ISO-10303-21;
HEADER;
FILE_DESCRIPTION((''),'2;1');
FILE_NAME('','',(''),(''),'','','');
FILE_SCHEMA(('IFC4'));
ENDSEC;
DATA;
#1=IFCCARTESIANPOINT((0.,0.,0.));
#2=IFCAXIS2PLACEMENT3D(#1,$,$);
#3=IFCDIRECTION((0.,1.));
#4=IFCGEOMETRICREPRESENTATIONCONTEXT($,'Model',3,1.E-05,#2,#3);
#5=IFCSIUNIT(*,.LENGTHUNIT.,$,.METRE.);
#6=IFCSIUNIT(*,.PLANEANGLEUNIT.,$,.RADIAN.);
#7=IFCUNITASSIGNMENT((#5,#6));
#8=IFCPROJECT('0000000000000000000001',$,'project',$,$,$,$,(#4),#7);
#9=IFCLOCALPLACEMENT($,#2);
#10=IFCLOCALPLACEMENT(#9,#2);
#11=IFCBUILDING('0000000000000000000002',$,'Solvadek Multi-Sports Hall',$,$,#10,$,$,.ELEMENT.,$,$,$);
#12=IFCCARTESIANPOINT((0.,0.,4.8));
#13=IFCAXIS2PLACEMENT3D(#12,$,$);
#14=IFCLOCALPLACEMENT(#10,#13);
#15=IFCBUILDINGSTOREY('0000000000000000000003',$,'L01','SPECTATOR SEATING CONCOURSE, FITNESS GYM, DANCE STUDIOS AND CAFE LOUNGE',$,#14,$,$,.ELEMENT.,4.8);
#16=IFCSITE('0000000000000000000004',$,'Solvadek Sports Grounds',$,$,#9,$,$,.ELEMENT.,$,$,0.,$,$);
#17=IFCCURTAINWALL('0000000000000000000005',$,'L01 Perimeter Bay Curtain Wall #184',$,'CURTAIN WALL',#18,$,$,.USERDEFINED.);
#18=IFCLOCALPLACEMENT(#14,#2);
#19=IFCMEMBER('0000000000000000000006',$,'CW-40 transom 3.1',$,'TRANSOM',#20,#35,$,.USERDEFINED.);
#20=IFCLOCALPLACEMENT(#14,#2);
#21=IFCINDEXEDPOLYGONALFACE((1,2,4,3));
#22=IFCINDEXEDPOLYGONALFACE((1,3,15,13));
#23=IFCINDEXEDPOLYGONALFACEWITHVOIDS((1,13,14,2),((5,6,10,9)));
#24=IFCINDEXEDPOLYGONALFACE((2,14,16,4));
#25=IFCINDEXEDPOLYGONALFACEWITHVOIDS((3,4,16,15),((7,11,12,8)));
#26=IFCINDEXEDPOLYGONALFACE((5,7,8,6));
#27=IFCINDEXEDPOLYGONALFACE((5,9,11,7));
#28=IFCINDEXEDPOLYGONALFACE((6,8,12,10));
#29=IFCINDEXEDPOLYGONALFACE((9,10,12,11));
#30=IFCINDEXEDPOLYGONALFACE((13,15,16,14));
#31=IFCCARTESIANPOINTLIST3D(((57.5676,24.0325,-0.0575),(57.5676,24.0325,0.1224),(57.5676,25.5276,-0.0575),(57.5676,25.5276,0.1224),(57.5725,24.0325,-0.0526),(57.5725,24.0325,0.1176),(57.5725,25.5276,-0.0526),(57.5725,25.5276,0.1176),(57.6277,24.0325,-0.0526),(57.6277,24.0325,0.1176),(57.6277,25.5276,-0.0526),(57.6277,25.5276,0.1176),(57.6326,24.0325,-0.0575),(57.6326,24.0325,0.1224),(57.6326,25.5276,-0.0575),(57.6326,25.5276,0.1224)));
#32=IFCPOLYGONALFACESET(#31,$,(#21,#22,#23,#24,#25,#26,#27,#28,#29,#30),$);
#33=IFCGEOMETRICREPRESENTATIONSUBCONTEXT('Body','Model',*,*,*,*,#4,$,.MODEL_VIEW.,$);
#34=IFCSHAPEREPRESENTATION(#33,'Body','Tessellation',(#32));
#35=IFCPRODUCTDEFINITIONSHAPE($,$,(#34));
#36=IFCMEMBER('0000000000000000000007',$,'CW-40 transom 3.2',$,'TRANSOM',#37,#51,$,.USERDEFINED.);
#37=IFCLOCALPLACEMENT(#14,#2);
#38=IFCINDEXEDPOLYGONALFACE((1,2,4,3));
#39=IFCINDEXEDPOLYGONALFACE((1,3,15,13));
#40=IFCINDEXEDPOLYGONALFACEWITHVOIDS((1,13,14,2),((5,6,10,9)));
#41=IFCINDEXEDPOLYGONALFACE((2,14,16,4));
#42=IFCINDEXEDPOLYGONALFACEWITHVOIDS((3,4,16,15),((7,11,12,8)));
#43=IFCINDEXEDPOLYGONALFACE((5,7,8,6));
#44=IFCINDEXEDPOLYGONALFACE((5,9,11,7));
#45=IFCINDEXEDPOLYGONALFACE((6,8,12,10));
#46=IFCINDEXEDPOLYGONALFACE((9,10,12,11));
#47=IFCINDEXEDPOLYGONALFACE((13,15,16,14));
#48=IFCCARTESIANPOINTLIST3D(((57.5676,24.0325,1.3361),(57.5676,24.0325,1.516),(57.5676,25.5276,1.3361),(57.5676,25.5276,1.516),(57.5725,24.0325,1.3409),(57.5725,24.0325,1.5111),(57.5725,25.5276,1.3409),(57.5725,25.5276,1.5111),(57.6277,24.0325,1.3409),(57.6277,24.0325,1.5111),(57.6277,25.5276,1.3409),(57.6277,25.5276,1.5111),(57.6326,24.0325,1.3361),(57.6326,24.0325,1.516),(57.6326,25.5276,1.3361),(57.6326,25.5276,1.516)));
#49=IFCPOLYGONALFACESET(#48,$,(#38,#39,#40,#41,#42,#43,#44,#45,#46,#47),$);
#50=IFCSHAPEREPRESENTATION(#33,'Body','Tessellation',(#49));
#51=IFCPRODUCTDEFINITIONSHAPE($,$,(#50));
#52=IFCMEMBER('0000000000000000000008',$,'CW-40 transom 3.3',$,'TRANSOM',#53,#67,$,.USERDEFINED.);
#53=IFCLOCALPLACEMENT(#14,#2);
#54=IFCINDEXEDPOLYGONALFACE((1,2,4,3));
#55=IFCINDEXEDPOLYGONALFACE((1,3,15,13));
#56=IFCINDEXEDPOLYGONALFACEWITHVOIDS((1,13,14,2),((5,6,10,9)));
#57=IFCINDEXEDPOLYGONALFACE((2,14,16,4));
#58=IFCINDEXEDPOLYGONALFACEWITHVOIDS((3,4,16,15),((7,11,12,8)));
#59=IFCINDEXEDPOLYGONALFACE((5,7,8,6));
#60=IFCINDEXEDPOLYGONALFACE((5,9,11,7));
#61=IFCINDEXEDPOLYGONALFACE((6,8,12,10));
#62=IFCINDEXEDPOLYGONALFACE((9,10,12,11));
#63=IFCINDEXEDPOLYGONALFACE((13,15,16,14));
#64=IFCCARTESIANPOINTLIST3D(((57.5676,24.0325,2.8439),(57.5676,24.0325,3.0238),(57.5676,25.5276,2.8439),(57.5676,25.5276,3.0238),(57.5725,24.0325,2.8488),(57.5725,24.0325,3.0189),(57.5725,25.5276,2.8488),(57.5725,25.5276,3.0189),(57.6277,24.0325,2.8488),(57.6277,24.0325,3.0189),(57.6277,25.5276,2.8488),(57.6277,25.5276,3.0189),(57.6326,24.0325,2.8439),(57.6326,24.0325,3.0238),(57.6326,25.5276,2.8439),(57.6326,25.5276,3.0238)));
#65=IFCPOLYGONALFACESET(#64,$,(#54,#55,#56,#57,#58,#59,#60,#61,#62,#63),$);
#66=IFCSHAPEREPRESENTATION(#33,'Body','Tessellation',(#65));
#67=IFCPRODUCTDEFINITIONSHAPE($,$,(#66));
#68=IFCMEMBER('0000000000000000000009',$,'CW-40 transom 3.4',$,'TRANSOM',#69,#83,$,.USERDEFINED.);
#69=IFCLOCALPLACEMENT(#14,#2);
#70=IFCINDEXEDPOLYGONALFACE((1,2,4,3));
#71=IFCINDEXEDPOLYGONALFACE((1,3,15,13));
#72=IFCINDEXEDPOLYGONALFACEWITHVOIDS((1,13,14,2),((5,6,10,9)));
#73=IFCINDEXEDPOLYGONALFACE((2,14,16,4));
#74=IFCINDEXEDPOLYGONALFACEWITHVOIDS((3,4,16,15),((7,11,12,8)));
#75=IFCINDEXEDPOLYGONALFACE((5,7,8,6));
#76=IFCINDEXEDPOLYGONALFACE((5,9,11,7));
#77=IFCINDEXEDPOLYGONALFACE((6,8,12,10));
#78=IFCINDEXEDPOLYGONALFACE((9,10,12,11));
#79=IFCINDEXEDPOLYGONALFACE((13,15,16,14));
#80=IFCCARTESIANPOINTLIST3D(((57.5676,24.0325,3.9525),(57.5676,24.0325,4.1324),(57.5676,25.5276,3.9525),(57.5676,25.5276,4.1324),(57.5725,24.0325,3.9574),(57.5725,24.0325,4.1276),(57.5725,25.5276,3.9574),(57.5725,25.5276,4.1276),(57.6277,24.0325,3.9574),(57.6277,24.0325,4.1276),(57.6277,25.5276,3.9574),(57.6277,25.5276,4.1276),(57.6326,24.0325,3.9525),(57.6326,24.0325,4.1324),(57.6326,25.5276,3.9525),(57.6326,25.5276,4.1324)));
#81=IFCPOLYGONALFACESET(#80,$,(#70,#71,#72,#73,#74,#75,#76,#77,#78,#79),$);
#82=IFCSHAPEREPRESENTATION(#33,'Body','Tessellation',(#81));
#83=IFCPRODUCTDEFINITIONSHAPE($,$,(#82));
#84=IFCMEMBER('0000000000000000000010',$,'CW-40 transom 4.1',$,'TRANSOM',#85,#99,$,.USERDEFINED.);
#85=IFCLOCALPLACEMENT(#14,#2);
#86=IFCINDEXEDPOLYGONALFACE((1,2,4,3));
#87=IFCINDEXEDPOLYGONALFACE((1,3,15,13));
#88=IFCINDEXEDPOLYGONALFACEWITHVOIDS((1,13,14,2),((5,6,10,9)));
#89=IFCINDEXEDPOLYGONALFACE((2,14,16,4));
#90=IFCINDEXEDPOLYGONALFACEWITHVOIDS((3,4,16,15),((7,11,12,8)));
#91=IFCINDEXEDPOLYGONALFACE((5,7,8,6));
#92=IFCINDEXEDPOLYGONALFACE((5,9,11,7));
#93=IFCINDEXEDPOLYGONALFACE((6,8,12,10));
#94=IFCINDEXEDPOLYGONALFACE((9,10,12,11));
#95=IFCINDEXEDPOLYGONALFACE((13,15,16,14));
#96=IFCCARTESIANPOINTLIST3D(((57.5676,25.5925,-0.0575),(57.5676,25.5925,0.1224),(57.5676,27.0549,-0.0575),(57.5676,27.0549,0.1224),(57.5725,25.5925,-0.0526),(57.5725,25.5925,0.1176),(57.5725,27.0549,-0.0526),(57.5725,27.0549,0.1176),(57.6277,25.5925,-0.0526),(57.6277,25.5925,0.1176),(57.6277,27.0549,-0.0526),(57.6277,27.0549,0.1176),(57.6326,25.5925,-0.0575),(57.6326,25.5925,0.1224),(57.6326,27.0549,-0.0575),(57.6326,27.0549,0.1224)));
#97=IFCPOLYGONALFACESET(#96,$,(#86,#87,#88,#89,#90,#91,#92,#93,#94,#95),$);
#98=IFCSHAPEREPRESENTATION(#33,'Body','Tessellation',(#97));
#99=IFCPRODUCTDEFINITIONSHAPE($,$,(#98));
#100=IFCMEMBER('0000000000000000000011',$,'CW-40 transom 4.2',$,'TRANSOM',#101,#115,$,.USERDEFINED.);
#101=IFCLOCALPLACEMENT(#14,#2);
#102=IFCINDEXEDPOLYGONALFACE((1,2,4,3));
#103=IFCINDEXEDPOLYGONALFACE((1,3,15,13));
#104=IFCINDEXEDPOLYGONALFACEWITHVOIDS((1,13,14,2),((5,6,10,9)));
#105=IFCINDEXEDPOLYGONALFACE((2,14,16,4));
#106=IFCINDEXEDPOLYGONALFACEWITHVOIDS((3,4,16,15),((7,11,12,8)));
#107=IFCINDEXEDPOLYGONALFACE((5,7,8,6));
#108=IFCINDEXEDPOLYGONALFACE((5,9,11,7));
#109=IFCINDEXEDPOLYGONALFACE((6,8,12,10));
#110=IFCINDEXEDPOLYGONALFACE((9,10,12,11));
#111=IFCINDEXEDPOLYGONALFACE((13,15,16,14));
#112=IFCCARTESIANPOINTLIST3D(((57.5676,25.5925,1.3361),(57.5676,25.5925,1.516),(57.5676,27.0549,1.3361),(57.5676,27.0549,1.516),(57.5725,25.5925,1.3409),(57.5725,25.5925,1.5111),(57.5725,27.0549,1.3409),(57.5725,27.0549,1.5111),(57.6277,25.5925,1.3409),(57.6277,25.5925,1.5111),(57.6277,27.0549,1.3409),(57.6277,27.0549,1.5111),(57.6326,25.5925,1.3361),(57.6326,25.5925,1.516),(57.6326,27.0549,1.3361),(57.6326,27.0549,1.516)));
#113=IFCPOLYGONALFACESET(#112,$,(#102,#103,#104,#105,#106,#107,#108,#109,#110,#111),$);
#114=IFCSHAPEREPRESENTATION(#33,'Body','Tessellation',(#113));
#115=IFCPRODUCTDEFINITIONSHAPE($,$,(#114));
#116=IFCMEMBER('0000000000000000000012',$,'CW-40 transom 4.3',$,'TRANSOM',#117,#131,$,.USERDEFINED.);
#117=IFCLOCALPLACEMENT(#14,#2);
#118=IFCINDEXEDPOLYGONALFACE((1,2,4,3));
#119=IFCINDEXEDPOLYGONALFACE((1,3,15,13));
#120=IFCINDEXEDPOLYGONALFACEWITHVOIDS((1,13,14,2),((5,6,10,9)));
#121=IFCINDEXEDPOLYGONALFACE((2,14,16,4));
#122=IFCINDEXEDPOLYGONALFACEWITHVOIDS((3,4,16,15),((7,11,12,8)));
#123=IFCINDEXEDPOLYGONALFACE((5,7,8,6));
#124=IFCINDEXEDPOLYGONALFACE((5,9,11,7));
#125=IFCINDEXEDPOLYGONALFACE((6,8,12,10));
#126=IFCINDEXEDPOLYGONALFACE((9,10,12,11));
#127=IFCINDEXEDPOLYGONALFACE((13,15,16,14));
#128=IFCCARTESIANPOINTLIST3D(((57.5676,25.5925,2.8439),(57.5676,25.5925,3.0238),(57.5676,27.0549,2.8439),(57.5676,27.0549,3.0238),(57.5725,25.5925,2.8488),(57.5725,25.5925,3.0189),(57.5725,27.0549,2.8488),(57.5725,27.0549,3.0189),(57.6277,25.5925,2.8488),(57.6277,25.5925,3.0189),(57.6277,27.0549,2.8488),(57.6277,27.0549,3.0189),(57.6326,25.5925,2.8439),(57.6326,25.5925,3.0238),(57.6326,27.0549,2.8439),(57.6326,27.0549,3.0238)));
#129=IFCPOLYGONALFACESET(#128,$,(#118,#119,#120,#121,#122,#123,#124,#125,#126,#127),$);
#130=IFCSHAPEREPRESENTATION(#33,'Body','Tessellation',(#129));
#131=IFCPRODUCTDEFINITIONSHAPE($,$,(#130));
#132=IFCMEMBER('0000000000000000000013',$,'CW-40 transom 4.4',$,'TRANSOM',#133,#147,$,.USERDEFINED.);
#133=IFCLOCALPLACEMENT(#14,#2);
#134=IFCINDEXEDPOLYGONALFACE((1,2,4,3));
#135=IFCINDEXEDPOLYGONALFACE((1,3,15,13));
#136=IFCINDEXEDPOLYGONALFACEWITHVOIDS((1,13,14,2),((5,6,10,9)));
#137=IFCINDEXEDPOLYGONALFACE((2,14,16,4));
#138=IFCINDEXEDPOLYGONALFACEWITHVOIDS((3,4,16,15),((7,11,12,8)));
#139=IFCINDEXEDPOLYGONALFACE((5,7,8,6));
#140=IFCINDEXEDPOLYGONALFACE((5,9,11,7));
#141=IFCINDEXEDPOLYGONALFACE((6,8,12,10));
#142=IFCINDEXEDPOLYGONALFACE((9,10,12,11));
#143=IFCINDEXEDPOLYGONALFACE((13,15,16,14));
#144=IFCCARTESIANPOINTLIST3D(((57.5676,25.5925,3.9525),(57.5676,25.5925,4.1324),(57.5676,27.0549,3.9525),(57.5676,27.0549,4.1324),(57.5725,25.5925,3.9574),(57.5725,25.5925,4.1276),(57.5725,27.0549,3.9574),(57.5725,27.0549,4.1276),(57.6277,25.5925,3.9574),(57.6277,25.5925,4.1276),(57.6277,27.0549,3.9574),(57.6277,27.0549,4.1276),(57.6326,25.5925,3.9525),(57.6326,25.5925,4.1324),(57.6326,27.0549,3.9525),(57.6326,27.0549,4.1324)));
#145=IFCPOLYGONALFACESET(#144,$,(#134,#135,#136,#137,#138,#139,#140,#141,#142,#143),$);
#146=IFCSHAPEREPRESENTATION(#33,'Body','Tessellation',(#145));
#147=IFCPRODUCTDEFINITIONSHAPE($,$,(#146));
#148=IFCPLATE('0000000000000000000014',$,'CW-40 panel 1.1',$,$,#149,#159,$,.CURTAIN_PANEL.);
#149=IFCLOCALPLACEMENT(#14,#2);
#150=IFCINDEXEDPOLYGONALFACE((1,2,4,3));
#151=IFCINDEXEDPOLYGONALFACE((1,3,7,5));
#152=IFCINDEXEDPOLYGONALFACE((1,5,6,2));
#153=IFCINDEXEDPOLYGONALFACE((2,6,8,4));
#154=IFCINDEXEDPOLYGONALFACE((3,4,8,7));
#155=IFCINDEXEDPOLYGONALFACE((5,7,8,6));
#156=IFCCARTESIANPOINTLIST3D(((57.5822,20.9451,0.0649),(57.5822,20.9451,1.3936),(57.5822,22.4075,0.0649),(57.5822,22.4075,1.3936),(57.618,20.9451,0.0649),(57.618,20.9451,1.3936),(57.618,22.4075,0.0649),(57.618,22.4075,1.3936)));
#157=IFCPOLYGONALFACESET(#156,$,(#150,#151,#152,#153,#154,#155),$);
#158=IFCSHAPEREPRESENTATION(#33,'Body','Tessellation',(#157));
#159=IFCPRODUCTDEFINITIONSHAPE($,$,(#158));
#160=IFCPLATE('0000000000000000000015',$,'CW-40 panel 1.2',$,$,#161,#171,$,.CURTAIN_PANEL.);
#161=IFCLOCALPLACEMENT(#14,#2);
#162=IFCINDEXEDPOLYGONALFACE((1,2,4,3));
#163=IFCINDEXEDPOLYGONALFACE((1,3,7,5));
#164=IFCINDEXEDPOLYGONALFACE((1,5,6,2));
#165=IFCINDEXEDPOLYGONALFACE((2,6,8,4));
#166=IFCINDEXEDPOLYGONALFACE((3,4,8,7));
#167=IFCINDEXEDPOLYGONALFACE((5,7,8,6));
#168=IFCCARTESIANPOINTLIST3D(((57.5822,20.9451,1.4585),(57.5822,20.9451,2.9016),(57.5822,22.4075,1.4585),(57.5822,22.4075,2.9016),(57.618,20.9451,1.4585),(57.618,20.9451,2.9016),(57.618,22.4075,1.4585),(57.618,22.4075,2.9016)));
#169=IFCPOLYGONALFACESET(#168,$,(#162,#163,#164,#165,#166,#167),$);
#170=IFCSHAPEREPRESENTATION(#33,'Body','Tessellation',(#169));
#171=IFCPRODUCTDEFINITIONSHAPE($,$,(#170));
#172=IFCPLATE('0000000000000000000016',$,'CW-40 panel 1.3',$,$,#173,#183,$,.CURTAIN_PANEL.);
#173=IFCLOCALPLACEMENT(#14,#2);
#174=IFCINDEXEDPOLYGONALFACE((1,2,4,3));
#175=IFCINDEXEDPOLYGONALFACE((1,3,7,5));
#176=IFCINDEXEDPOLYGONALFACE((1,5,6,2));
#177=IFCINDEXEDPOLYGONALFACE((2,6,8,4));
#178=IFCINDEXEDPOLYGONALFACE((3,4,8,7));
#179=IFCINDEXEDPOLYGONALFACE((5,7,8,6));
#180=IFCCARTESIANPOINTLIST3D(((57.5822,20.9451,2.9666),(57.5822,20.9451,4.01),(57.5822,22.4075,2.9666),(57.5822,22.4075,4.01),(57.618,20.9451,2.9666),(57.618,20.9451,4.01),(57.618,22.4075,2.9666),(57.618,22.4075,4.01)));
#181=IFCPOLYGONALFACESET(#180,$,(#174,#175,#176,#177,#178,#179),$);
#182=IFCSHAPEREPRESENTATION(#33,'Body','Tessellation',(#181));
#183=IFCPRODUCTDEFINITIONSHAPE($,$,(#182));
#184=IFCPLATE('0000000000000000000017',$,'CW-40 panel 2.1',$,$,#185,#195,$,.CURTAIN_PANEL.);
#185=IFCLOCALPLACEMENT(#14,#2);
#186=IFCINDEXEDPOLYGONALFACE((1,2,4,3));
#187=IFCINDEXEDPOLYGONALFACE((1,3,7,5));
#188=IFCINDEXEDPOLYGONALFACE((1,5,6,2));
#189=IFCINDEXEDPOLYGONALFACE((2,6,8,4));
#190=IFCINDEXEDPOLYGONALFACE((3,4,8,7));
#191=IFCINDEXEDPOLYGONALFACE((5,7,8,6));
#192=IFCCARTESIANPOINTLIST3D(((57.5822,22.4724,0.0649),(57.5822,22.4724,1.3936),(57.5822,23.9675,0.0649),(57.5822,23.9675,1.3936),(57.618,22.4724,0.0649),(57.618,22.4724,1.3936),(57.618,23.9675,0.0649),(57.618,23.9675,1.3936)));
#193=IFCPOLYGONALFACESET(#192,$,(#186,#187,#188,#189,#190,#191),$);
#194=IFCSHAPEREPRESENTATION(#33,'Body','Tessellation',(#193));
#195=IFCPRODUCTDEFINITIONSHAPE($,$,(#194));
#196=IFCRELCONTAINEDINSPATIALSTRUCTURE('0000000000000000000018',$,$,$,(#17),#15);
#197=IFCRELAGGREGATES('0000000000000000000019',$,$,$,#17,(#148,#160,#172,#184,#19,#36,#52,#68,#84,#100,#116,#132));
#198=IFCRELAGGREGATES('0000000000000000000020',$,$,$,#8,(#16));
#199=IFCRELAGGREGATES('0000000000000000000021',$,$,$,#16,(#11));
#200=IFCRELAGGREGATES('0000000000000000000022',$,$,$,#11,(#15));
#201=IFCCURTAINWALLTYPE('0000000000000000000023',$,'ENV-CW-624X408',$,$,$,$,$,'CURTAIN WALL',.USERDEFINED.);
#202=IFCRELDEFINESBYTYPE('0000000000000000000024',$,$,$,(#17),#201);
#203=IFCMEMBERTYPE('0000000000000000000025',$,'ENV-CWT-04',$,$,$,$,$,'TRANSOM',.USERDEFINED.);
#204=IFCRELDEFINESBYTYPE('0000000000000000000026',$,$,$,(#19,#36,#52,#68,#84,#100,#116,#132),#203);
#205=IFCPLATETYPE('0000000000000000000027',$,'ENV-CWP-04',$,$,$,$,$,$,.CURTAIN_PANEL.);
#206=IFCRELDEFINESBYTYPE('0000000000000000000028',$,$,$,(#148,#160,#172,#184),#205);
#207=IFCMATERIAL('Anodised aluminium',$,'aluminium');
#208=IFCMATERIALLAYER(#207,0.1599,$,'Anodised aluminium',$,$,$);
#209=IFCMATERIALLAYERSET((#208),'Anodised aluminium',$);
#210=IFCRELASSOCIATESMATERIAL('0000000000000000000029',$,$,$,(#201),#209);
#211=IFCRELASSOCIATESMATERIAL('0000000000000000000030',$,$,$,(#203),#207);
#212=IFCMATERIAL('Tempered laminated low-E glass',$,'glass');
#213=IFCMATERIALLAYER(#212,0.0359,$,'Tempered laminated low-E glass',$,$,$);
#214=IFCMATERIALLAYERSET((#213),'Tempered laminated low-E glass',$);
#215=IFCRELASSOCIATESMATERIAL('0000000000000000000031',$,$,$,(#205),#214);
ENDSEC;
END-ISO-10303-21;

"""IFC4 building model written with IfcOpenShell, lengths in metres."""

from ifc_helpers import new_model, si_unit, direction, frame, origin, origin_2d, place, context, subcontext, project, spatial, rectangle, hollow_rectangle, extrude, material, layer, layer_set, material_profile, profile_set, type_object, element, aggregate, save


model = new_model("IFC4")

# Units and contexts
model_context = context("Model", 3, precision=1e-05, world=origin(), true_north=direction((0.0, 1.0)))
body_context = subcontext(model_context, "Body", "Model", "MODEL_VIEW")
ifc_project = project(units=[si_unit("LENGTHUNIT", "METRE"), si_unit("PLANEANGLEUNIT", "RADIAN")], contexts=[model_context])

# Site, building, storey
site_placement = place(None, origin())
site = spatial("IfcSite", under=ifc_project, at=site_placement, Name="Solvadek Sports Grounds", CompositionType="ELEMENT", RefElevation=0.0)
building_placement = place(site_placement, origin())
building = spatial("IfcBuilding", under=site, at=building_placement, Name="Solvadek Multi-Sports Hall", CompositionType="ELEMENT")
storey_placement = place(building_placement, frame((0.0, 0.0, 4.8)))
storey = spatial("IfcBuildingStorey", under=building, at=storey_placement, Name="L01", Description="SPECTATOR SEATING CONCOURSE, FITNESS GYM, DANCE STUDIOS AND CAFE LOUNGE", CompositionType="ELEMENT", Elevation=4.8)

# Curtain wall, members, plates
ifc_material_1 = material(Name="Anodised aluminium", Category="aluminium")
ifc_layer_1 = layer(ifc_material_1, 0.1599, Name="Anodised aluminium")
ifc_layer_set_1 = layer_set([ifc_layer_1], Name="Anodised aluminium")
curtain_wall_type = type_object("IfcCurtainWallType", Name="ENV-CW-624X408", ElementType="CURTAIN WALL", PredefinedType="USERDEFINED", material=ifc_layer_set_1)
curtain_wall_placement = place(storey_placement, origin())
curtain_wall = element("IfcCurtainWall", 1, at=curtain_wall_placement, inside=storey, type_object=curtain_wall_type, Name="L01 Perimeter Bay Curtain Wall #184", ObjectType="CURTAIN WALL", PredefinedType="USERDEFINED")
ifc_material_profile_1 = material_profile(ifc_material_1, hollow_rectangle(XDim=0.0649, YDim=0.1799, WallThickness=0.0049, at=origin_2d()), Name="ALU-T 180x65x5")
ifc_profile_set_1 = profile_set([ifc_material_profile_1], Name="Anodised aluminium")
member_type_1 = type_object("IfcMemberType", Name="ENV-CWT-04", ElementType="TRANSOM", PredefinedType="USERDEFINED", material=ifc_profile_set_1)
member_1_placement = place(storey_placement, frame((57.6001, 24.0325, 0.0325), z_axis=(0.0, 1.0, 0.0), x_axis=(-1.0, 0.0, 0.0)))
member_1 = element("IfcMember", 2, at=member_1_placement, type_object=member_type_1, Name="CW-40 transom 3.1", ObjectType="TRANSOM", PredefinedType="USERDEFINED", context=body_context, shape_type="SweptSolid", body=[
    extrude(hollow_rectangle(XDim=0.0649, YDim=0.1799, WallThickness=0.0049, at=origin_2d()), origin(), (0.0, 0.0, 1.0), 1.4951),
])
member_2_placement = place(storey_placement, frame((57.6001, 24.0325, 1.426), z_axis=(0.0, 1.0, 0.0), x_axis=(-1.0, 0.0, 0.0)))
member_2 = element("IfcMember", 3, at=member_2_placement, type_object=member_type_1, Name="CW-40 transom 3.2", ObjectType="TRANSOM", PredefinedType="USERDEFINED", context=body_context, shape_type="SweptSolid", body=[
    extrude(hollow_rectangle(XDim=0.0649, YDim=0.1799, WallThickness=0.0049, at=origin_2d()), origin(), (0.0, 0.0, 1.0), 1.4951),
])
member_3_placement = place(storey_placement, frame((57.6001, 24.0325, 2.9338), z_axis=(0.0, 1.0, 0.0), x_axis=(-1.0, 0.0, 0.0)))
member_3 = element("IfcMember", 4, at=member_3_placement, type_object=member_type_1, Name="CW-40 transom 3.3", ObjectType="TRANSOM", PredefinedType="USERDEFINED", context=body_context, shape_type="SweptSolid", body=[
    extrude(hollow_rectangle(XDim=0.0649, YDim=0.1799, WallThickness=0.0049, at=origin_2d()), origin(), (0.0, 0.0, 1.0), 1.4951),
])
member_4_placement = place(storey_placement, frame((57.6001, 24.0325, 4.0425), z_axis=(0.0, 1.0, 0.0), x_axis=(-1.0, 0.0, 0.0)))
member_4 = element("IfcMember", 5, at=member_4_placement, type_object=member_type_1, Name="CW-40 transom 3.4", ObjectType="TRANSOM", PredefinedType="USERDEFINED", context=body_context, shape_type="SweptSolid", body=[
    extrude(hollow_rectangle(XDim=0.0649, YDim=0.1799, WallThickness=0.0049, at=origin_2d()), origin(), (0.0, 0.0, 1.0), 1.4951),
])
member_5_placement = place(storey_placement, frame((57.6001, 25.5925, 0.0325), z_axis=(0.0, 1.0, 0.0), x_axis=(-1.0, 0.0, 0.0)))
member_5 = element("IfcMember", 6, at=member_5_placement, type_object=member_type_1, Name="CW-40 transom 4.1", ObjectType="TRANSOM", PredefinedType="USERDEFINED", context=body_context, shape_type="SweptSolid", body=[
    extrude(hollow_rectangle(XDim=0.0649, YDim=0.1799, WallThickness=0.0049, at=origin_2d()), origin(), (0.0, 0.0, 1.0), 1.4624),
])
member_6_placement = place(storey_placement, frame((57.6001, 25.5925, 1.426), z_axis=(0.0, 1.0, 0.0), x_axis=(-1.0, 0.0, 0.0)))
member_6 = element("IfcMember", 7, at=member_6_placement, type_object=member_type_1, Name="CW-40 transom 4.2", ObjectType="TRANSOM", PredefinedType="USERDEFINED", context=body_context, shape_type="SweptSolid", body=[
    extrude(hollow_rectangle(XDim=0.0649, YDim=0.1799, WallThickness=0.0049, at=origin_2d()), origin(), (0.0, 0.0, 1.0), 1.4624),
])
member_7_placement = place(storey_placement, frame((57.6001, 25.5925, 2.9338), z_axis=(0.0, 1.0, 0.0), x_axis=(-1.0, 0.0, 0.0)))
member_7 = element("IfcMember", 8, at=member_7_placement, type_object=member_type_1, Name="CW-40 transom 4.3", ObjectType="TRANSOM", PredefinedType="USERDEFINED", context=body_context, shape_type="SweptSolid", body=[
    extrude(hollow_rectangle(XDim=0.0649, YDim=0.1799, WallThickness=0.0049, at=origin_2d()), origin(), (0.0, 0.0, 1.0), 1.4624),
])
member_8_placement = place(storey_placement, frame((57.6001, 25.5925, 4.0425), z_axis=(0.0, 1.0, 0.0), x_axis=(-1.0, 0.0, 0.0)))
member_8 = element("IfcMember", 9, at=member_8_placement, type_object=member_type_1, Name="CW-40 transom 4.4", ObjectType="TRANSOM", PredefinedType="USERDEFINED", context=body_context, shape_type="SweptSolid", body=[
    extrude(hollow_rectangle(XDim=0.0649, YDim=0.1799, WallThickness=0.0049, at=origin_2d()), origin(), (0.0, 0.0, 1.0), 1.4624),
])
ifc_material_2 = material(Name="Tempered laminated low-E glass", Category="glass")
ifc_layer_2 = layer(ifc_material_2, 0.0359, Name="Tempered laminated low-E glass")
ifc_layer_set_2 = layer_set([ifc_layer_2], Name="Tempered laminated low-E glass")
plate_type = type_object("IfcPlateType", Name="ENV-CWP-04", PredefinedType="CURTAIN_PANEL", material=ifc_layer_set_2)
plate_1_placement = place(storey_placement, frame((57.6001, 21.6763, 0.0649), z_axis=(0.0, 0.0, 1.0), x_axis=(0.0, 1.0, 0.0)))
plate_1 = element("IfcPlate", 10, at=plate_1_placement, type_object=plate_type, Name="CW-40 panel 1.1", PredefinedType="CURTAIN_PANEL", context=body_context, shape_type="SweptSolid", body=[
    extrude(rectangle(XDim=1.4624, YDim=0.0359, at=origin_2d()), origin(), (0.0, 0.0, 1.0), 1.3286),
])
plate_2_placement = place(storey_placement, frame((57.6001, 21.6763, 1.4585), z_axis=(0.0, 0.0, 1.0), x_axis=(0.0, 1.0, 0.0)))
plate_2 = element("IfcPlate", 11, at=plate_2_placement, type_object=plate_type, Name="CW-40 panel 1.2", PredefinedType="CURTAIN_PANEL", context=body_context, shape_type="SweptSolid", body=[
    extrude(rectangle(XDim=1.4624, YDim=0.0359, at=origin_2d()), origin(), (0.0, 0.0, 1.0), 1.4431),
])
plate_3_placement = place(storey_placement, frame((57.6001, 21.6763, 2.9666), z_axis=(0.0, 0.0, 1.0), x_axis=(0.0, 1.0, 0.0)))
plate_3 = element("IfcPlate", 12, at=plate_3_placement, type_object=plate_type, Name="CW-40 panel 1.3", PredefinedType="CURTAIN_PANEL", context=body_context, shape_type="SweptSolid", body=[
    extrude(rectangle(XDim=1.4624, YDim=0.0359, at=origin_2d()), origin(), (0.0, 0.0, 1.0), 1.0435),
])
plate_4_placement = place(storey_placement, frame((57.6001, 23.22, 0.0649), z_axis=(0.0, 0.0, 1.0), x_axis=(0.0, 1.0, 0.0)))
plate_4 = element("IfcPlate", 13, at=plate_4_placement, type_object=plate_type, Name="CW-40 panel 2.1", PredefinedType="CURTAIN_PANEL", context=body_context, shape_type="SweptSolid", body=[
    extrude(rectangle(XDim=1.4951, YDim=0.0359, at=origin_2d()), origin(), (0.0, 0.0, 1.0), 1.3286),
])
aggregate(curtain_wall, [plate_1, plate_2, plate_3, plate_4, member_1, member_2, member_3, member_4, member_5, member_6, member_7, member_8])

save(model, "model.ifc")
